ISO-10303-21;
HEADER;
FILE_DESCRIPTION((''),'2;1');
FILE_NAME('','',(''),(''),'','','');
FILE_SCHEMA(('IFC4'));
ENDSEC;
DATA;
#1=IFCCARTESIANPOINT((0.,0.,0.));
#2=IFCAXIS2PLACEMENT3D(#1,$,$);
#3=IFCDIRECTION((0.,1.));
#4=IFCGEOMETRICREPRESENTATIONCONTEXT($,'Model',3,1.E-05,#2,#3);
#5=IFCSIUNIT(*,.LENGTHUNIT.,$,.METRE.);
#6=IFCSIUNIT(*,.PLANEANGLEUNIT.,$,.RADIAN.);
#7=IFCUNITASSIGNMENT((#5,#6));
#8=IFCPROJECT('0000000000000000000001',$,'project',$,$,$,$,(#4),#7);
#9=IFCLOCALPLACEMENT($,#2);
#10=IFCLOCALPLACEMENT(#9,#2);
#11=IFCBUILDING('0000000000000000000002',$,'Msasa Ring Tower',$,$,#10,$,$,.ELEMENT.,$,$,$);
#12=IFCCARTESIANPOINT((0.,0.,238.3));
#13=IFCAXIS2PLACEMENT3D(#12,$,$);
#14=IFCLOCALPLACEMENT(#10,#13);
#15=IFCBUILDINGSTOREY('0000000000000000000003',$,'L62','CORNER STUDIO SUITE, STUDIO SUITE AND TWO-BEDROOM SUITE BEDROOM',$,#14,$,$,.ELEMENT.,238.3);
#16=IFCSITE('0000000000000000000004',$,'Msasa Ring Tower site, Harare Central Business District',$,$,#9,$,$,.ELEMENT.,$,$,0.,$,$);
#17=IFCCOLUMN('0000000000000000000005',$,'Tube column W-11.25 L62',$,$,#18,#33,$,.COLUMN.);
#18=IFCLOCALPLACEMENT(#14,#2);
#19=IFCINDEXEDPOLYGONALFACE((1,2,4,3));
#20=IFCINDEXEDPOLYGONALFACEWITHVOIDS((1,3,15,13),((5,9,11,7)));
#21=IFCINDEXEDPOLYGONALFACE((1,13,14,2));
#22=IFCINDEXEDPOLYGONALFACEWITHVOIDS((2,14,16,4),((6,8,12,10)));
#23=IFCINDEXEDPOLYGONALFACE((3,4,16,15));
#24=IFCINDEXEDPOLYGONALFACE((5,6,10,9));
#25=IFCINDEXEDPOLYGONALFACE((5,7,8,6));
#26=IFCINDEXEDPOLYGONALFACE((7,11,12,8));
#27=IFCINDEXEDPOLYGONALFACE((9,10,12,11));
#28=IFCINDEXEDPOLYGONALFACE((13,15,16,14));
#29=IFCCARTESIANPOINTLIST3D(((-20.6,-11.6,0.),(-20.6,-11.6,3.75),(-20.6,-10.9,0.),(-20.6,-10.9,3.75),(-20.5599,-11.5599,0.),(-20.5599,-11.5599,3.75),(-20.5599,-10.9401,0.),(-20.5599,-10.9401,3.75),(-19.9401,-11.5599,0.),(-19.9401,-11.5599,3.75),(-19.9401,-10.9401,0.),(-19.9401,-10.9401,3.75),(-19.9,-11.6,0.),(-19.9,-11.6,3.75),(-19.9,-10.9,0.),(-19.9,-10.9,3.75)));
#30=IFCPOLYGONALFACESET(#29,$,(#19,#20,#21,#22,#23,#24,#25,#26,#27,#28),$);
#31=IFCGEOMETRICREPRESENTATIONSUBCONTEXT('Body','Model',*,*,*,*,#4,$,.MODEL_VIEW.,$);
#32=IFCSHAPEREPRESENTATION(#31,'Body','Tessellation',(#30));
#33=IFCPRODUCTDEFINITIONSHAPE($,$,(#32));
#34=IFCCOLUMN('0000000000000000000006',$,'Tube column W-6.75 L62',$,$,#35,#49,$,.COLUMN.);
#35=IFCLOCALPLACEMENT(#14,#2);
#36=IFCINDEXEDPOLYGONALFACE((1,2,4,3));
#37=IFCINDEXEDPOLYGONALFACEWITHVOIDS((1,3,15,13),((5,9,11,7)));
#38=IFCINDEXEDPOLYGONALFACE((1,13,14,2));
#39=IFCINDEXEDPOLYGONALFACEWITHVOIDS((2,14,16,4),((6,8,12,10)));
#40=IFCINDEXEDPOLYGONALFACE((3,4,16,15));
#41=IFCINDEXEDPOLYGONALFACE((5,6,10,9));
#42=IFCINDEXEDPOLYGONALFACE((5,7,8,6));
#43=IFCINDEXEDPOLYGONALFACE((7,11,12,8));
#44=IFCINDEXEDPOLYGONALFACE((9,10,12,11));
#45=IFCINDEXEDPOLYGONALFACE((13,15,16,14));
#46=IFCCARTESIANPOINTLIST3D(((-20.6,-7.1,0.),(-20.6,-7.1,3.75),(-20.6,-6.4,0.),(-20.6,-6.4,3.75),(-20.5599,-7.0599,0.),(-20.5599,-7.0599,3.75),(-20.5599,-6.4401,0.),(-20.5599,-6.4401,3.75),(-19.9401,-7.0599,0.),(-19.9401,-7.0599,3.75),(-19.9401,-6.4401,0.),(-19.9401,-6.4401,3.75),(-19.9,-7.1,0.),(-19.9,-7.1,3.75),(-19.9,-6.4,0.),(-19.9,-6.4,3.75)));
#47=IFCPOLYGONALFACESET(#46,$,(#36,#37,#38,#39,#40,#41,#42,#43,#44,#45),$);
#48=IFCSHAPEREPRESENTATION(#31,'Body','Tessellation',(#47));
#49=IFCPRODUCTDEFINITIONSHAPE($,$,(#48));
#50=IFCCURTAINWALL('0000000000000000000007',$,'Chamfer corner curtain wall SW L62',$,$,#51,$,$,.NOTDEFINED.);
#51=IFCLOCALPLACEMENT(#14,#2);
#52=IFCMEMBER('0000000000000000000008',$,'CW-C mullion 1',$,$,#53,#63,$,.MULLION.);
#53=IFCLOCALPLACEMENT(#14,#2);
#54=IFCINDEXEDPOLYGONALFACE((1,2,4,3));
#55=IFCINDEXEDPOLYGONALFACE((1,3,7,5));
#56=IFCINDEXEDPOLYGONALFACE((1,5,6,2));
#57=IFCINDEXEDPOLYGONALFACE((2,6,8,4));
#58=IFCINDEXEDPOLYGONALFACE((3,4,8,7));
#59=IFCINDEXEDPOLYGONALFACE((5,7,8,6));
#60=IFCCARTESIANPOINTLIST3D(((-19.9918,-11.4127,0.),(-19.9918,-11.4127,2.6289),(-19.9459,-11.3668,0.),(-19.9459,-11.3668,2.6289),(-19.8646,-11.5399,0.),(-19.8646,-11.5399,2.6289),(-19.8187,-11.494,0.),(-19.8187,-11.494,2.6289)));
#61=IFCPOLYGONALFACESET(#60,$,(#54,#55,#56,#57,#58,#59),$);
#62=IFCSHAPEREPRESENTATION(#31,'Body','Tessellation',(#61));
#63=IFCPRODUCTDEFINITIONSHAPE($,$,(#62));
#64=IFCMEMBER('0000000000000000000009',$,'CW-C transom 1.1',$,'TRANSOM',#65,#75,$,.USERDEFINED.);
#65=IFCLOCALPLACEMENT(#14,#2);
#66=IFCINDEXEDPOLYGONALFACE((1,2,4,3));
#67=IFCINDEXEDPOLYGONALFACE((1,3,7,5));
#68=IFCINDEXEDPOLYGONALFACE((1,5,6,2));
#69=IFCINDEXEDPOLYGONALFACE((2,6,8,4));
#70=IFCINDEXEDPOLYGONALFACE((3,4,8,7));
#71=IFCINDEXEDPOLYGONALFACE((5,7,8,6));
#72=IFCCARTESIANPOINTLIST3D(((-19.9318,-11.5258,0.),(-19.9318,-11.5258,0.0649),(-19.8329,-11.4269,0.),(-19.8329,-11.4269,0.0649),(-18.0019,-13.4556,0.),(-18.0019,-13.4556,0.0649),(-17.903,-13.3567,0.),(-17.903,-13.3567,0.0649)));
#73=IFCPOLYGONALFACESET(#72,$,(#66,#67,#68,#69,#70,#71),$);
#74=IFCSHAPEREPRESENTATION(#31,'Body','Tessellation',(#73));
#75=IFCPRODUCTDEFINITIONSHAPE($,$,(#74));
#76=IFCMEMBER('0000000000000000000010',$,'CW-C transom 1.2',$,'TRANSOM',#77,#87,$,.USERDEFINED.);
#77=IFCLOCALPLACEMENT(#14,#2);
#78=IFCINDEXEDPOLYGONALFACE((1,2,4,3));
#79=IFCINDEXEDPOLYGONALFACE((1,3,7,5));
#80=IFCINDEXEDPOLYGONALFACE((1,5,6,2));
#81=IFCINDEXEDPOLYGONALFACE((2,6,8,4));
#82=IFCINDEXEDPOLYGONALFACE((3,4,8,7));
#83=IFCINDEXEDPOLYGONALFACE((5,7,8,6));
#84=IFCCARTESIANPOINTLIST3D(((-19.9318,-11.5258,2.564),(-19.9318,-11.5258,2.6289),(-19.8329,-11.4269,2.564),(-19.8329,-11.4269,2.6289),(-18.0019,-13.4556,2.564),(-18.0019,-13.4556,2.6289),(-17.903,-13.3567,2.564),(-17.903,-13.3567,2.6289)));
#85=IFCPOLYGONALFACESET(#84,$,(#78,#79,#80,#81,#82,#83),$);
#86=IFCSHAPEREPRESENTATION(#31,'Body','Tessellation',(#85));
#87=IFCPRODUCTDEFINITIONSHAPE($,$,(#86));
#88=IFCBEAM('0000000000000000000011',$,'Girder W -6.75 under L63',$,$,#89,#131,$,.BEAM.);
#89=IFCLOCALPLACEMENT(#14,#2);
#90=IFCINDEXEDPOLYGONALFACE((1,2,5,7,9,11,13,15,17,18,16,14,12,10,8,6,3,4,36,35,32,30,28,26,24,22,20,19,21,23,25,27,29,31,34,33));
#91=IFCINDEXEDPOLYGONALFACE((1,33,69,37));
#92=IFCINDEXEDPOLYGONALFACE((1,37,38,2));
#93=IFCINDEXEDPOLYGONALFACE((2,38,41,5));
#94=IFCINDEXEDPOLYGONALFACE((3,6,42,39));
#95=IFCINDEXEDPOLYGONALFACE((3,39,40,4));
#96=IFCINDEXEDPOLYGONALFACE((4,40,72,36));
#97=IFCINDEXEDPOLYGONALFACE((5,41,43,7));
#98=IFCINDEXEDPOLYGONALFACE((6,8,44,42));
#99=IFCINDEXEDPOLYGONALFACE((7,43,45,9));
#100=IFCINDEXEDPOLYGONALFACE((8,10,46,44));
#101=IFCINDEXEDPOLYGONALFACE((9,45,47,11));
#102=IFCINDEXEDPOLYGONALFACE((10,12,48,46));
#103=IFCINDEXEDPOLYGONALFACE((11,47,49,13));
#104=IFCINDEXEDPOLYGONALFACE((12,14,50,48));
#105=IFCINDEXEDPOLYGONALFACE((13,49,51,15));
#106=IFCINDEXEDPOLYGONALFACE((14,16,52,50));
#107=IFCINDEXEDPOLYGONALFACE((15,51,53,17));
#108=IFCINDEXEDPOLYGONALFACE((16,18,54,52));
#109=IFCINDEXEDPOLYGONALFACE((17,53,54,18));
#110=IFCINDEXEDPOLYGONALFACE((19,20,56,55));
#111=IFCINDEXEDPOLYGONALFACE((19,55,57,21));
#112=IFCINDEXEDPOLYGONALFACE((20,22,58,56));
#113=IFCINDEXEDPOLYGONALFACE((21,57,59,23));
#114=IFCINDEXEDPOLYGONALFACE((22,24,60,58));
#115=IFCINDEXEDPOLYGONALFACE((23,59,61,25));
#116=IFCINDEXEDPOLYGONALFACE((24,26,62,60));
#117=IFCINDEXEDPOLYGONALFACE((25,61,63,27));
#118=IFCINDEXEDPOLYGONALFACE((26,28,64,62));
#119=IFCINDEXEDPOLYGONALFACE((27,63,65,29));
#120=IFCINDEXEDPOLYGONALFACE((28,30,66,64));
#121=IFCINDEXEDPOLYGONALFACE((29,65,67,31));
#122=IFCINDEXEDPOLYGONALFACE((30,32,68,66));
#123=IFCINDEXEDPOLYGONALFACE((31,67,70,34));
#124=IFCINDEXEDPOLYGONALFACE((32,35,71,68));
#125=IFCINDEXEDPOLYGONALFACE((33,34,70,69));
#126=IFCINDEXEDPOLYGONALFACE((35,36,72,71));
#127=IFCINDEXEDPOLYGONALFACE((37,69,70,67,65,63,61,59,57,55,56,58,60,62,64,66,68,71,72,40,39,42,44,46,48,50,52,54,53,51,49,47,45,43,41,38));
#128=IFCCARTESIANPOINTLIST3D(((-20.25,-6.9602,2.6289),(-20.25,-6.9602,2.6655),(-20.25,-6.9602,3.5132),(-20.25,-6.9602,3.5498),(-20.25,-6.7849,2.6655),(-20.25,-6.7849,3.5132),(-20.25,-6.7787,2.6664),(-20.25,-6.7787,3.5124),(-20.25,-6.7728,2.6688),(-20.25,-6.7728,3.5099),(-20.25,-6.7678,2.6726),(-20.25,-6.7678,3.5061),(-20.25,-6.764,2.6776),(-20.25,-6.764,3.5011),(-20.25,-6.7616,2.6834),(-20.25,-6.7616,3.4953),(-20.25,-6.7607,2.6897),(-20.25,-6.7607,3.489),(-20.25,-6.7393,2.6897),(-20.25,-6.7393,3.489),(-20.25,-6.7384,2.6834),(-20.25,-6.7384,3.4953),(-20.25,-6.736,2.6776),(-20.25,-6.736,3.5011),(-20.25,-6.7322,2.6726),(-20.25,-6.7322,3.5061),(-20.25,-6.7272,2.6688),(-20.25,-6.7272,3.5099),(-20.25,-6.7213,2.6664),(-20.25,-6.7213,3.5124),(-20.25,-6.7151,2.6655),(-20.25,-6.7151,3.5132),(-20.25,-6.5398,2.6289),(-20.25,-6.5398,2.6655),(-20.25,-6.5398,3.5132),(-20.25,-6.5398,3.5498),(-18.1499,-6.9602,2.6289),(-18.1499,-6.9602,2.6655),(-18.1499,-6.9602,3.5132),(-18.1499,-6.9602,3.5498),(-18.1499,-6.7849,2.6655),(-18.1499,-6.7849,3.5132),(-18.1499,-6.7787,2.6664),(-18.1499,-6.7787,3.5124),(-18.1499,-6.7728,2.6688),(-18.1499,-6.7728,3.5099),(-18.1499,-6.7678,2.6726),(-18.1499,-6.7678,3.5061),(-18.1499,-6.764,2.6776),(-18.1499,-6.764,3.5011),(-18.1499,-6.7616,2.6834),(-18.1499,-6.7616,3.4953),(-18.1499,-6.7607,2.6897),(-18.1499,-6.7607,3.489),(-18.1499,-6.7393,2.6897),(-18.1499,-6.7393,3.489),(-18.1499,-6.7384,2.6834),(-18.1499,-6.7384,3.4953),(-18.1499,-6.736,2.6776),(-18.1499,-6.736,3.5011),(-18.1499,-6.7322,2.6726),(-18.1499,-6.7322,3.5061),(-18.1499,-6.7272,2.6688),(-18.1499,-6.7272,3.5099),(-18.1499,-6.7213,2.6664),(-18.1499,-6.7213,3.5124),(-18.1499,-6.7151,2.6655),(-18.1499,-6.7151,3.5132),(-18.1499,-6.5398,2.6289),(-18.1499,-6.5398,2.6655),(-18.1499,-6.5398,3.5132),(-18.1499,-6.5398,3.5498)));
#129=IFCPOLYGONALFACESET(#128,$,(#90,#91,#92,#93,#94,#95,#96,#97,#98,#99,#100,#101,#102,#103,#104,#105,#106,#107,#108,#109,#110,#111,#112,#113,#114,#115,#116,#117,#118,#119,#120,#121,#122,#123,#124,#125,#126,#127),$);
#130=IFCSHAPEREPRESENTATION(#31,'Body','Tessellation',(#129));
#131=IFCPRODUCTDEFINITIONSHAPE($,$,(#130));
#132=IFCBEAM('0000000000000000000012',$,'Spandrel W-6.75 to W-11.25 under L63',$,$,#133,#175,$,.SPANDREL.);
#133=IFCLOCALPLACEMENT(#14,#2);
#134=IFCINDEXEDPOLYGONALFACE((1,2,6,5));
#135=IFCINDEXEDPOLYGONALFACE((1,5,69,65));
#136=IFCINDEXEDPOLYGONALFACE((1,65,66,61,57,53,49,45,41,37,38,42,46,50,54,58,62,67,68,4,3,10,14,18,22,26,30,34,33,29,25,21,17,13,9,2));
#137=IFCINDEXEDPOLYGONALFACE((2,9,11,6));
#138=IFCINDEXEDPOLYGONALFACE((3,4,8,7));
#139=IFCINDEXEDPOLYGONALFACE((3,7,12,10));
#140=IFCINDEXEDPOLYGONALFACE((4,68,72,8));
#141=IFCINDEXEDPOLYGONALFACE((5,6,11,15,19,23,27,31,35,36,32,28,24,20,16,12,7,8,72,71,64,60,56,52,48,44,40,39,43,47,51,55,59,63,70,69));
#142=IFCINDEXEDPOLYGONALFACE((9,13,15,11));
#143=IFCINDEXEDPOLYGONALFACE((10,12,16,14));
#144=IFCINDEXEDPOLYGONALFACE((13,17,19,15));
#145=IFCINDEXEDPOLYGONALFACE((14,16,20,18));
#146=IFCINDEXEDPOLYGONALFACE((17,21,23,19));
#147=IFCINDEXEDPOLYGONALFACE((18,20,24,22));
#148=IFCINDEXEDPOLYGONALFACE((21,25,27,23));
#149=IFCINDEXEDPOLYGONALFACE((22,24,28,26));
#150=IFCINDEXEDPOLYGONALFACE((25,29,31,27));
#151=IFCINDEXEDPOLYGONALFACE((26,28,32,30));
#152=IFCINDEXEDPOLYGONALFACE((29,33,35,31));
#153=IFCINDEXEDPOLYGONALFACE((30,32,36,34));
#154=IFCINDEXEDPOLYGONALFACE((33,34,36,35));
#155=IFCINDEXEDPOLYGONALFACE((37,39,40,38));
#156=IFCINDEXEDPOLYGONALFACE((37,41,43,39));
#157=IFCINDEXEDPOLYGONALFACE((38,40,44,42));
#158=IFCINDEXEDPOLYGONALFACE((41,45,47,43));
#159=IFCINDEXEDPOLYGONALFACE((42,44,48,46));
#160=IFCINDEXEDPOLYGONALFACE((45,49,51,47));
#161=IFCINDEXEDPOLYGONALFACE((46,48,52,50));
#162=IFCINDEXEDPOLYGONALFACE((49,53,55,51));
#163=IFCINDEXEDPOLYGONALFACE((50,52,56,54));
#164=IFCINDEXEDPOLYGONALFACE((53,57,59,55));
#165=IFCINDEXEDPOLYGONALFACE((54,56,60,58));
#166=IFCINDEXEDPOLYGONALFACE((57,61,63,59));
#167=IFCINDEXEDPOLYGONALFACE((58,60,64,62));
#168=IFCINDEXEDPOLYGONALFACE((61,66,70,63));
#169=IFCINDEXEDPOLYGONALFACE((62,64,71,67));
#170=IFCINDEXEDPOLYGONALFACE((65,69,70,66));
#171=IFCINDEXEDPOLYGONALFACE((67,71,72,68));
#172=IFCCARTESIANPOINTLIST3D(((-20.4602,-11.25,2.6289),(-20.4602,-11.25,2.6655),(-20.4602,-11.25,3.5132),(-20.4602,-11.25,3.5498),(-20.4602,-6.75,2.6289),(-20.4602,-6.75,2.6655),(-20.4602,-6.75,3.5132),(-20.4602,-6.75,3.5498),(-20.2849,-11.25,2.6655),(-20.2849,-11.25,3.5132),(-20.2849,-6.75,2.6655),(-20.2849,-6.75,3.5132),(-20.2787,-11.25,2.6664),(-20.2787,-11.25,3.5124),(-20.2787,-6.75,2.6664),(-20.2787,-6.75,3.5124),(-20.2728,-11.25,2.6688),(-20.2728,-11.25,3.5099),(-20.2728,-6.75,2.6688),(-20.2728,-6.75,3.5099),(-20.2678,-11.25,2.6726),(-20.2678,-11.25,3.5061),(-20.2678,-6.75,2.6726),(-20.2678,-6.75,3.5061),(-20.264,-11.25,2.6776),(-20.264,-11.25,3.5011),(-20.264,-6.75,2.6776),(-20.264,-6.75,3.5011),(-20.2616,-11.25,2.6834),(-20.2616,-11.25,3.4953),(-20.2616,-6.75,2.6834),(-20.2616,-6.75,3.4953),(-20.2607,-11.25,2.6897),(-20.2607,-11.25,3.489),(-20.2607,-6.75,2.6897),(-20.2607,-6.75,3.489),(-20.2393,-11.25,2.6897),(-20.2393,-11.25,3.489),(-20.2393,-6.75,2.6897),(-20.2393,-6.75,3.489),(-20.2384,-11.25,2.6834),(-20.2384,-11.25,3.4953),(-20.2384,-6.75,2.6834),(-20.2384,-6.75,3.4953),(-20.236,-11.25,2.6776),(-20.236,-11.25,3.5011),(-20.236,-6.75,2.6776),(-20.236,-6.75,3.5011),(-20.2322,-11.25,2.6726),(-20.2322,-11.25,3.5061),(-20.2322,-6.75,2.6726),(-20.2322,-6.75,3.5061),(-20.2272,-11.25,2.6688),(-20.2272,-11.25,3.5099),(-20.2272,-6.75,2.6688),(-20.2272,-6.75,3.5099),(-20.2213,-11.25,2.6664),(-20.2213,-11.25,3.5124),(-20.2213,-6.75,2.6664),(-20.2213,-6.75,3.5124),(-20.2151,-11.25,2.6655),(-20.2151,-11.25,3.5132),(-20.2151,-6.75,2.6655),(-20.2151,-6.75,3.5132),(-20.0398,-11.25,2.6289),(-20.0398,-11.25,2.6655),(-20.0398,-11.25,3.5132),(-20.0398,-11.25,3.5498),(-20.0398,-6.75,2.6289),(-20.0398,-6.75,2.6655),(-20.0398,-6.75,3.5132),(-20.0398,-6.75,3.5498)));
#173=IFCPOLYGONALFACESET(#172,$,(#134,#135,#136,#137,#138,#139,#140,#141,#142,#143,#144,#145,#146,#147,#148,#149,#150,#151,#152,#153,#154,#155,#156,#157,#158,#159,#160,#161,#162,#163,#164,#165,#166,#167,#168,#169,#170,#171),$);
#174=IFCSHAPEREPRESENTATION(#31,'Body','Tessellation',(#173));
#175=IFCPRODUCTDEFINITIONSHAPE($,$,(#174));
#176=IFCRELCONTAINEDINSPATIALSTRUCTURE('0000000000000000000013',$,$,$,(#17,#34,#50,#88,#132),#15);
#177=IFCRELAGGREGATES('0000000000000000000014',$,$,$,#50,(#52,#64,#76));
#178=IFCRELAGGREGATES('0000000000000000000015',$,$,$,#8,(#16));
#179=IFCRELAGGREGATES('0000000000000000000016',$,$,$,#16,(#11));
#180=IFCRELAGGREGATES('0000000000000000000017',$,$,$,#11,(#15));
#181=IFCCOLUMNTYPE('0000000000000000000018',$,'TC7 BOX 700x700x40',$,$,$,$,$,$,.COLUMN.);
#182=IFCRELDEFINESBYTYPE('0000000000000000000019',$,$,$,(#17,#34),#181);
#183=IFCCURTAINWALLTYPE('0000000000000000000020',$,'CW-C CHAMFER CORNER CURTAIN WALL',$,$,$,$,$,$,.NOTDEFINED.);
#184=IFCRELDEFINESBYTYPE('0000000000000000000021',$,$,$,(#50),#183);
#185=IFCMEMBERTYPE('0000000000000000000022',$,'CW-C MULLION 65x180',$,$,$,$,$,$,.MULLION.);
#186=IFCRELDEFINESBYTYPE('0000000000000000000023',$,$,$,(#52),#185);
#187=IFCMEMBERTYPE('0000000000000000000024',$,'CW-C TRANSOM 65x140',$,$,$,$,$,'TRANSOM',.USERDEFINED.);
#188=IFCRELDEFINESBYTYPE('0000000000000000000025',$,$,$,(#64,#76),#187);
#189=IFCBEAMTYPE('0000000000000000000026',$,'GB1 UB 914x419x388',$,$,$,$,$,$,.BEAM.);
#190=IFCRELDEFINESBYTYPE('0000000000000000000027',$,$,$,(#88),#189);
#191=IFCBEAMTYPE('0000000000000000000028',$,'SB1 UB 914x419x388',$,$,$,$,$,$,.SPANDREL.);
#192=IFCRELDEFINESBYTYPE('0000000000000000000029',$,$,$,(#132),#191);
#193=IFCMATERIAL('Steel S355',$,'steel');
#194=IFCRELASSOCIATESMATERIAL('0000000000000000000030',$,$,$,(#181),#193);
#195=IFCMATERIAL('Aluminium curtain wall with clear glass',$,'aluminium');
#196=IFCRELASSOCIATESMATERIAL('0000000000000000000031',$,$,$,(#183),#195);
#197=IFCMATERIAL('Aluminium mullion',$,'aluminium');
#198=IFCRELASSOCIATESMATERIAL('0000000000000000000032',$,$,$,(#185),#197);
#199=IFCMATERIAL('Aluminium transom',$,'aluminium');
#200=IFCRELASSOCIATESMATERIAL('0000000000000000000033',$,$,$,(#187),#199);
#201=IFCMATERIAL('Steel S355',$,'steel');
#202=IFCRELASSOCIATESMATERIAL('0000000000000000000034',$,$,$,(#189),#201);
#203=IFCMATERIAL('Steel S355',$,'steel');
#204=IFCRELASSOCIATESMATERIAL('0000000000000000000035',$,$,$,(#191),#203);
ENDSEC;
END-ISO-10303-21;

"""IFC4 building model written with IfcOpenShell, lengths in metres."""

from ifc_helpers import new_model, si_unit, direction, frame, origin, origin_2d, place, context, subcontext, project, spatial, rectangle, hollow_rectangle, i_section, extrude, material, material_profile, profile_set, type_object, element, aggregate, save


model = new_model("IFC4")

# Units and contexts
model_context = context("Model", 3, precision=1e-05, world=origin(), true_north=direction((0.0, 1.0)))
body_context = subcontext(model_context, "Body", "Model", "MODEL_VIEW")
ifc_project = project(units=[si_unit("LENGTHUNIT", "METRE"), si_unit("PLANEANGLEUNIT", "RADIAN")], contexts=[model_context])

# Site, building, storey
site_placement = place(None, origin())
site = spatial("IfcSite", under=ifc_project, at=site_placement, Name="Msasa Ring Tower site, Harare Central Business District", CompositionType="ELEMENT", RefElevation=0.0)
building_placement = place(site_placement, origin())
building = spatial("IfcBuilding", under=site, at=building_placement, Name="Msasa Ring Tower", CompositionType="ELEMENT")
storey_placement = place(building_placement, frame((0.0, 0.0, 238.3)))
storey = spatial("IfcBuildingStorey", under=building, at=storey_placement, Name="L62", Description="CORNER STUDIO SUITE, STUDIO SUITE AND TWO-BEDROOM SUITE BEDROOM", CompositionType="ELEMENT", Elevation=238.3)

# Columns
ifc_material_1 = material(Name="Steel S355", Category="steel")
ifc_material_profile_1 = material_profile(ifc_material_1, hollow_rectangle(XDim=0.7, YDim=0.7, WallThickness=0.04, at=origin_2d()), Name="BOX 700x700x40")
ifc_profile_set_1 = profile_set([ifc_material_profile_1], Name="Steel S355")
column_type = type_object("IfcColumnType", Name="TC7 BOX 700x700x40", PredefinedType="COLUMN", material=ifc_profile_set_1)
for number, where, z_axis, x_axis, name in (
    (1, (-20.25, -11.25, 0.0), (0.0, 0.0, 1.0), (1.0, 0.0, 0.0), "Tube column W-11.25 L62"),
    (2, (-20.25, -6.75, 0.0), (0.0, 0.0, 1.0), (1.0, 0.0, 0.0), "Tube column W-6.75 L62"),
):
    element("IfcColumn", number, at=place(storey_placement, frame(where, z_axis=z_axis, x_axis=x_axis)), inside=storey, type_object=column_type, Name=name, PredefinedType="COLUMN", context=body_context, shape_type="SweptSolid", body=[
        extrude(hollow_rectangle(XDim=0.7, YDim=0.7, WallThickness=0.04, at=origin_2d()), origin(), (0.0, 0.0, 1.0), 3.75),
    ])

# Curtain wall, members
ifc_material_2 = material(Name="Aluminium curtain wall with clear glass", Category="aluminium")
curtain_wall_type = type_object("IfcCurtainWallType", Name="CW-C CHAMFER CORNER CURTAIN WALL", PredefinedType="NOTDEFINED", material=ifc_material_2)
curtain_wall_placement = place(storey_placement, origin())
curtain_wall = element("IfcCurtainWall", 3, at=curtain_wall_placement, inside=storey, type_object=curtain_wall_type, Name="Chamfer corner curtain wall SW L62", PredefinedType="NOTDEFINED")
ifc_material_3 = material(Name="Aluminium mullion", Category="aluminium")
ifc_material_profile_2 = material_profile(ifc_material_3, rectangle(XDim=0.0649, YDim=0.1799, at=origin_2d()), Name="AL 65x180")
ifc_profile_set_2 = profile_set([ifc_material_profile_2], Name="Aluminium mullion")
member_type_1 = type_object("IfcMemberType", Name="CW-C MULLION 65x180", PredefinedType="MULLION", material=ifc_profile_set_2)
member_1_placement = place(storey_placement, frame((-19.9053, -11.4534, 0.0), z_axis=(0.0, 0.0, 1.0), x_axis=(0.707107, 0.707107, 0.0)))
member_1 = element("IfcMember", 4, at=member_1_placement, type_object=member_type_1, Name="CW-C mullion 1", PredefinedType="MULLION", context=body_context, shape_type="SweptSolid", body=[
    extrude(rectangle(XDim=0.0649, YDim=0.1799, at=origin_2d()), origin(), (0.0, 0.0, 1.0), 2.6289),
])
ifc_material_4 = material(Name="Aluminium transom", Category="aluminium")
ifc_material_profile_3 = material_profile(ifc_material_4, rectangle(XDim=0.1399, YDim=0.0649, at=origin_2d()), Name="AL 65x140")
ifc_profile_set_3 = profile_set([ifc_material_profile_3], Name="Aluminium transom")
member_type_2 = type_object("IfcMemberType", Name="CW-C TRANSOM 65x140", ElementType="TRANSOM", PredefinedType="USERDEFINED", material=ifc_profile_set_3)
member_2_placement = place(storey_placement, frame((-19.8823, -11.4763, 0.0325), z_axis=(0.707107, -0.707107, 0.0), x_axis=(0.707107, 0.707107, 0.0)))
member_2 = element("IfcMember", 5, at=member_2_placement, type_object=member_type_2, Name="CW-C transom 1.1", ObjectType="TRANSOM", PredefinedType="USERDEFINED", context=body_context, shape_type="SweptSolid", body=[
    extrude(rectangle(XDim=0.1399, YDim=0.0649, at=origin_2d()), origin(), (0.0, 0.0, 1.0), 2.7292),
])
member_3_placement = place(storey_placement, frame((-19.8823, -11.4763, 2.5964), z_axis=(0.707107, -0.707107, 0.0), x_axis=(0.707107, 0.707107, 0.0)))
member_3 = element("IfcMember", 6, at=member_3_placement, type_object=member_type_2, Name="CW-C transom 1.2", ObjectType="TRANSOM", PredefinedType="USERDEFINED", context=body_context, shape_type="SweptSolid", body=[
    extrude(rectangle(XDim=0.1399, YDim=0.0649, at=origin_2d()), origin(), (0.0, 0.0, 1.0), 2.7292),
])
aggregate(curtain_wall, [member_1, member_2, member_3])

# Beams
ifc_material_5 = material(Name="Steel S355", Category="steel")
ifc_material_profile_4 = material_profile(ifc_material_5, i_section(OverallWidth=0.4204, OverallDepth=0.9209, WebThickness=0.0215, FlangeThickness=0.0366, FilletRadius=0.0242, at=origin_2d()), Name="UB 914x419x388")
ifc_profile_set_4 = profile_set([ifc_material_profile_4], Name="Steel S355")
beam_type_1 = type_object("IfcBeamType", Name="GB1 UB 914x419x388", PredefinedType="BEAM", material=ifc_profile_set_4)
beam_1_placement = place(storey_placement, frame((-18.1499, -6.75, 3.0894), z_axis=(-1.0, 0.0, 0.0), x_axis=(0.0, -1.0, 0.0)))
element("IfcBeam", 7, at=beam_1_placement, inside=storey, type_object=beam_type_1, Name="Girder W -6.75 under L63", PredefinedType="BEAM", context=body_context, shape_type="SweptSolid", body=[
    extrude(i_section(OverallWidth=0.4204, OverallDepth=0.9209, WebThickness=0.0215, FlangeThickness=0.0366, FilletRadius=0.0242, at=origin_2d()), origin(), (0.0, 0.0, 1.0), 2.1001),
])
ifc_material_6 = material(Name="Steel S355", Category="steel")
ifc_material_profile_5 = material_profile(ifc_material_6, i_section(OverallWidth=0.4204, OverallDepth=0.9209, WebThickness=0.0215, FlangeThickness=0.0366, FilletRadius=0.0242, at=origin_2d()), Name="UB 914x419x388")
ifc_profile_set_5 = profile_set([ifc_material_profile_5], Name="Steel S355")
beam_type_2 = type_object("IfcBeamType", Name="SB1 UB 914x419x388", PredefinedType="SPANDREL", material=ifc_profile_set_5)
beam_2_placement = place(storey_placement, frame((-20.25, -6.75, 3.0894), z_axis=(0.0, -1.0, 0.0), x_axis=(1.0, 0.0, 0.0)))
element("IfcBeam", 8, at=beam_2_placement, inside=storey, type_object=beam_type_2, Name="Spandrel W-6.75 to W-11.25 under L63", PredefinedType="SPANDREL", context=body_context, shape_type="SweptSolid", body=[
    extrude(i_section(OverallWidth=0.4204, OverallDepth=0.9209, WebThickness=0.0215, FlangeThickness=0.0366, FilletRadius=0.0242, at=origin_2d()), origin(), (0.0, 0.0, 1.0), 4.5),
])

save(model, "model.ifc")
